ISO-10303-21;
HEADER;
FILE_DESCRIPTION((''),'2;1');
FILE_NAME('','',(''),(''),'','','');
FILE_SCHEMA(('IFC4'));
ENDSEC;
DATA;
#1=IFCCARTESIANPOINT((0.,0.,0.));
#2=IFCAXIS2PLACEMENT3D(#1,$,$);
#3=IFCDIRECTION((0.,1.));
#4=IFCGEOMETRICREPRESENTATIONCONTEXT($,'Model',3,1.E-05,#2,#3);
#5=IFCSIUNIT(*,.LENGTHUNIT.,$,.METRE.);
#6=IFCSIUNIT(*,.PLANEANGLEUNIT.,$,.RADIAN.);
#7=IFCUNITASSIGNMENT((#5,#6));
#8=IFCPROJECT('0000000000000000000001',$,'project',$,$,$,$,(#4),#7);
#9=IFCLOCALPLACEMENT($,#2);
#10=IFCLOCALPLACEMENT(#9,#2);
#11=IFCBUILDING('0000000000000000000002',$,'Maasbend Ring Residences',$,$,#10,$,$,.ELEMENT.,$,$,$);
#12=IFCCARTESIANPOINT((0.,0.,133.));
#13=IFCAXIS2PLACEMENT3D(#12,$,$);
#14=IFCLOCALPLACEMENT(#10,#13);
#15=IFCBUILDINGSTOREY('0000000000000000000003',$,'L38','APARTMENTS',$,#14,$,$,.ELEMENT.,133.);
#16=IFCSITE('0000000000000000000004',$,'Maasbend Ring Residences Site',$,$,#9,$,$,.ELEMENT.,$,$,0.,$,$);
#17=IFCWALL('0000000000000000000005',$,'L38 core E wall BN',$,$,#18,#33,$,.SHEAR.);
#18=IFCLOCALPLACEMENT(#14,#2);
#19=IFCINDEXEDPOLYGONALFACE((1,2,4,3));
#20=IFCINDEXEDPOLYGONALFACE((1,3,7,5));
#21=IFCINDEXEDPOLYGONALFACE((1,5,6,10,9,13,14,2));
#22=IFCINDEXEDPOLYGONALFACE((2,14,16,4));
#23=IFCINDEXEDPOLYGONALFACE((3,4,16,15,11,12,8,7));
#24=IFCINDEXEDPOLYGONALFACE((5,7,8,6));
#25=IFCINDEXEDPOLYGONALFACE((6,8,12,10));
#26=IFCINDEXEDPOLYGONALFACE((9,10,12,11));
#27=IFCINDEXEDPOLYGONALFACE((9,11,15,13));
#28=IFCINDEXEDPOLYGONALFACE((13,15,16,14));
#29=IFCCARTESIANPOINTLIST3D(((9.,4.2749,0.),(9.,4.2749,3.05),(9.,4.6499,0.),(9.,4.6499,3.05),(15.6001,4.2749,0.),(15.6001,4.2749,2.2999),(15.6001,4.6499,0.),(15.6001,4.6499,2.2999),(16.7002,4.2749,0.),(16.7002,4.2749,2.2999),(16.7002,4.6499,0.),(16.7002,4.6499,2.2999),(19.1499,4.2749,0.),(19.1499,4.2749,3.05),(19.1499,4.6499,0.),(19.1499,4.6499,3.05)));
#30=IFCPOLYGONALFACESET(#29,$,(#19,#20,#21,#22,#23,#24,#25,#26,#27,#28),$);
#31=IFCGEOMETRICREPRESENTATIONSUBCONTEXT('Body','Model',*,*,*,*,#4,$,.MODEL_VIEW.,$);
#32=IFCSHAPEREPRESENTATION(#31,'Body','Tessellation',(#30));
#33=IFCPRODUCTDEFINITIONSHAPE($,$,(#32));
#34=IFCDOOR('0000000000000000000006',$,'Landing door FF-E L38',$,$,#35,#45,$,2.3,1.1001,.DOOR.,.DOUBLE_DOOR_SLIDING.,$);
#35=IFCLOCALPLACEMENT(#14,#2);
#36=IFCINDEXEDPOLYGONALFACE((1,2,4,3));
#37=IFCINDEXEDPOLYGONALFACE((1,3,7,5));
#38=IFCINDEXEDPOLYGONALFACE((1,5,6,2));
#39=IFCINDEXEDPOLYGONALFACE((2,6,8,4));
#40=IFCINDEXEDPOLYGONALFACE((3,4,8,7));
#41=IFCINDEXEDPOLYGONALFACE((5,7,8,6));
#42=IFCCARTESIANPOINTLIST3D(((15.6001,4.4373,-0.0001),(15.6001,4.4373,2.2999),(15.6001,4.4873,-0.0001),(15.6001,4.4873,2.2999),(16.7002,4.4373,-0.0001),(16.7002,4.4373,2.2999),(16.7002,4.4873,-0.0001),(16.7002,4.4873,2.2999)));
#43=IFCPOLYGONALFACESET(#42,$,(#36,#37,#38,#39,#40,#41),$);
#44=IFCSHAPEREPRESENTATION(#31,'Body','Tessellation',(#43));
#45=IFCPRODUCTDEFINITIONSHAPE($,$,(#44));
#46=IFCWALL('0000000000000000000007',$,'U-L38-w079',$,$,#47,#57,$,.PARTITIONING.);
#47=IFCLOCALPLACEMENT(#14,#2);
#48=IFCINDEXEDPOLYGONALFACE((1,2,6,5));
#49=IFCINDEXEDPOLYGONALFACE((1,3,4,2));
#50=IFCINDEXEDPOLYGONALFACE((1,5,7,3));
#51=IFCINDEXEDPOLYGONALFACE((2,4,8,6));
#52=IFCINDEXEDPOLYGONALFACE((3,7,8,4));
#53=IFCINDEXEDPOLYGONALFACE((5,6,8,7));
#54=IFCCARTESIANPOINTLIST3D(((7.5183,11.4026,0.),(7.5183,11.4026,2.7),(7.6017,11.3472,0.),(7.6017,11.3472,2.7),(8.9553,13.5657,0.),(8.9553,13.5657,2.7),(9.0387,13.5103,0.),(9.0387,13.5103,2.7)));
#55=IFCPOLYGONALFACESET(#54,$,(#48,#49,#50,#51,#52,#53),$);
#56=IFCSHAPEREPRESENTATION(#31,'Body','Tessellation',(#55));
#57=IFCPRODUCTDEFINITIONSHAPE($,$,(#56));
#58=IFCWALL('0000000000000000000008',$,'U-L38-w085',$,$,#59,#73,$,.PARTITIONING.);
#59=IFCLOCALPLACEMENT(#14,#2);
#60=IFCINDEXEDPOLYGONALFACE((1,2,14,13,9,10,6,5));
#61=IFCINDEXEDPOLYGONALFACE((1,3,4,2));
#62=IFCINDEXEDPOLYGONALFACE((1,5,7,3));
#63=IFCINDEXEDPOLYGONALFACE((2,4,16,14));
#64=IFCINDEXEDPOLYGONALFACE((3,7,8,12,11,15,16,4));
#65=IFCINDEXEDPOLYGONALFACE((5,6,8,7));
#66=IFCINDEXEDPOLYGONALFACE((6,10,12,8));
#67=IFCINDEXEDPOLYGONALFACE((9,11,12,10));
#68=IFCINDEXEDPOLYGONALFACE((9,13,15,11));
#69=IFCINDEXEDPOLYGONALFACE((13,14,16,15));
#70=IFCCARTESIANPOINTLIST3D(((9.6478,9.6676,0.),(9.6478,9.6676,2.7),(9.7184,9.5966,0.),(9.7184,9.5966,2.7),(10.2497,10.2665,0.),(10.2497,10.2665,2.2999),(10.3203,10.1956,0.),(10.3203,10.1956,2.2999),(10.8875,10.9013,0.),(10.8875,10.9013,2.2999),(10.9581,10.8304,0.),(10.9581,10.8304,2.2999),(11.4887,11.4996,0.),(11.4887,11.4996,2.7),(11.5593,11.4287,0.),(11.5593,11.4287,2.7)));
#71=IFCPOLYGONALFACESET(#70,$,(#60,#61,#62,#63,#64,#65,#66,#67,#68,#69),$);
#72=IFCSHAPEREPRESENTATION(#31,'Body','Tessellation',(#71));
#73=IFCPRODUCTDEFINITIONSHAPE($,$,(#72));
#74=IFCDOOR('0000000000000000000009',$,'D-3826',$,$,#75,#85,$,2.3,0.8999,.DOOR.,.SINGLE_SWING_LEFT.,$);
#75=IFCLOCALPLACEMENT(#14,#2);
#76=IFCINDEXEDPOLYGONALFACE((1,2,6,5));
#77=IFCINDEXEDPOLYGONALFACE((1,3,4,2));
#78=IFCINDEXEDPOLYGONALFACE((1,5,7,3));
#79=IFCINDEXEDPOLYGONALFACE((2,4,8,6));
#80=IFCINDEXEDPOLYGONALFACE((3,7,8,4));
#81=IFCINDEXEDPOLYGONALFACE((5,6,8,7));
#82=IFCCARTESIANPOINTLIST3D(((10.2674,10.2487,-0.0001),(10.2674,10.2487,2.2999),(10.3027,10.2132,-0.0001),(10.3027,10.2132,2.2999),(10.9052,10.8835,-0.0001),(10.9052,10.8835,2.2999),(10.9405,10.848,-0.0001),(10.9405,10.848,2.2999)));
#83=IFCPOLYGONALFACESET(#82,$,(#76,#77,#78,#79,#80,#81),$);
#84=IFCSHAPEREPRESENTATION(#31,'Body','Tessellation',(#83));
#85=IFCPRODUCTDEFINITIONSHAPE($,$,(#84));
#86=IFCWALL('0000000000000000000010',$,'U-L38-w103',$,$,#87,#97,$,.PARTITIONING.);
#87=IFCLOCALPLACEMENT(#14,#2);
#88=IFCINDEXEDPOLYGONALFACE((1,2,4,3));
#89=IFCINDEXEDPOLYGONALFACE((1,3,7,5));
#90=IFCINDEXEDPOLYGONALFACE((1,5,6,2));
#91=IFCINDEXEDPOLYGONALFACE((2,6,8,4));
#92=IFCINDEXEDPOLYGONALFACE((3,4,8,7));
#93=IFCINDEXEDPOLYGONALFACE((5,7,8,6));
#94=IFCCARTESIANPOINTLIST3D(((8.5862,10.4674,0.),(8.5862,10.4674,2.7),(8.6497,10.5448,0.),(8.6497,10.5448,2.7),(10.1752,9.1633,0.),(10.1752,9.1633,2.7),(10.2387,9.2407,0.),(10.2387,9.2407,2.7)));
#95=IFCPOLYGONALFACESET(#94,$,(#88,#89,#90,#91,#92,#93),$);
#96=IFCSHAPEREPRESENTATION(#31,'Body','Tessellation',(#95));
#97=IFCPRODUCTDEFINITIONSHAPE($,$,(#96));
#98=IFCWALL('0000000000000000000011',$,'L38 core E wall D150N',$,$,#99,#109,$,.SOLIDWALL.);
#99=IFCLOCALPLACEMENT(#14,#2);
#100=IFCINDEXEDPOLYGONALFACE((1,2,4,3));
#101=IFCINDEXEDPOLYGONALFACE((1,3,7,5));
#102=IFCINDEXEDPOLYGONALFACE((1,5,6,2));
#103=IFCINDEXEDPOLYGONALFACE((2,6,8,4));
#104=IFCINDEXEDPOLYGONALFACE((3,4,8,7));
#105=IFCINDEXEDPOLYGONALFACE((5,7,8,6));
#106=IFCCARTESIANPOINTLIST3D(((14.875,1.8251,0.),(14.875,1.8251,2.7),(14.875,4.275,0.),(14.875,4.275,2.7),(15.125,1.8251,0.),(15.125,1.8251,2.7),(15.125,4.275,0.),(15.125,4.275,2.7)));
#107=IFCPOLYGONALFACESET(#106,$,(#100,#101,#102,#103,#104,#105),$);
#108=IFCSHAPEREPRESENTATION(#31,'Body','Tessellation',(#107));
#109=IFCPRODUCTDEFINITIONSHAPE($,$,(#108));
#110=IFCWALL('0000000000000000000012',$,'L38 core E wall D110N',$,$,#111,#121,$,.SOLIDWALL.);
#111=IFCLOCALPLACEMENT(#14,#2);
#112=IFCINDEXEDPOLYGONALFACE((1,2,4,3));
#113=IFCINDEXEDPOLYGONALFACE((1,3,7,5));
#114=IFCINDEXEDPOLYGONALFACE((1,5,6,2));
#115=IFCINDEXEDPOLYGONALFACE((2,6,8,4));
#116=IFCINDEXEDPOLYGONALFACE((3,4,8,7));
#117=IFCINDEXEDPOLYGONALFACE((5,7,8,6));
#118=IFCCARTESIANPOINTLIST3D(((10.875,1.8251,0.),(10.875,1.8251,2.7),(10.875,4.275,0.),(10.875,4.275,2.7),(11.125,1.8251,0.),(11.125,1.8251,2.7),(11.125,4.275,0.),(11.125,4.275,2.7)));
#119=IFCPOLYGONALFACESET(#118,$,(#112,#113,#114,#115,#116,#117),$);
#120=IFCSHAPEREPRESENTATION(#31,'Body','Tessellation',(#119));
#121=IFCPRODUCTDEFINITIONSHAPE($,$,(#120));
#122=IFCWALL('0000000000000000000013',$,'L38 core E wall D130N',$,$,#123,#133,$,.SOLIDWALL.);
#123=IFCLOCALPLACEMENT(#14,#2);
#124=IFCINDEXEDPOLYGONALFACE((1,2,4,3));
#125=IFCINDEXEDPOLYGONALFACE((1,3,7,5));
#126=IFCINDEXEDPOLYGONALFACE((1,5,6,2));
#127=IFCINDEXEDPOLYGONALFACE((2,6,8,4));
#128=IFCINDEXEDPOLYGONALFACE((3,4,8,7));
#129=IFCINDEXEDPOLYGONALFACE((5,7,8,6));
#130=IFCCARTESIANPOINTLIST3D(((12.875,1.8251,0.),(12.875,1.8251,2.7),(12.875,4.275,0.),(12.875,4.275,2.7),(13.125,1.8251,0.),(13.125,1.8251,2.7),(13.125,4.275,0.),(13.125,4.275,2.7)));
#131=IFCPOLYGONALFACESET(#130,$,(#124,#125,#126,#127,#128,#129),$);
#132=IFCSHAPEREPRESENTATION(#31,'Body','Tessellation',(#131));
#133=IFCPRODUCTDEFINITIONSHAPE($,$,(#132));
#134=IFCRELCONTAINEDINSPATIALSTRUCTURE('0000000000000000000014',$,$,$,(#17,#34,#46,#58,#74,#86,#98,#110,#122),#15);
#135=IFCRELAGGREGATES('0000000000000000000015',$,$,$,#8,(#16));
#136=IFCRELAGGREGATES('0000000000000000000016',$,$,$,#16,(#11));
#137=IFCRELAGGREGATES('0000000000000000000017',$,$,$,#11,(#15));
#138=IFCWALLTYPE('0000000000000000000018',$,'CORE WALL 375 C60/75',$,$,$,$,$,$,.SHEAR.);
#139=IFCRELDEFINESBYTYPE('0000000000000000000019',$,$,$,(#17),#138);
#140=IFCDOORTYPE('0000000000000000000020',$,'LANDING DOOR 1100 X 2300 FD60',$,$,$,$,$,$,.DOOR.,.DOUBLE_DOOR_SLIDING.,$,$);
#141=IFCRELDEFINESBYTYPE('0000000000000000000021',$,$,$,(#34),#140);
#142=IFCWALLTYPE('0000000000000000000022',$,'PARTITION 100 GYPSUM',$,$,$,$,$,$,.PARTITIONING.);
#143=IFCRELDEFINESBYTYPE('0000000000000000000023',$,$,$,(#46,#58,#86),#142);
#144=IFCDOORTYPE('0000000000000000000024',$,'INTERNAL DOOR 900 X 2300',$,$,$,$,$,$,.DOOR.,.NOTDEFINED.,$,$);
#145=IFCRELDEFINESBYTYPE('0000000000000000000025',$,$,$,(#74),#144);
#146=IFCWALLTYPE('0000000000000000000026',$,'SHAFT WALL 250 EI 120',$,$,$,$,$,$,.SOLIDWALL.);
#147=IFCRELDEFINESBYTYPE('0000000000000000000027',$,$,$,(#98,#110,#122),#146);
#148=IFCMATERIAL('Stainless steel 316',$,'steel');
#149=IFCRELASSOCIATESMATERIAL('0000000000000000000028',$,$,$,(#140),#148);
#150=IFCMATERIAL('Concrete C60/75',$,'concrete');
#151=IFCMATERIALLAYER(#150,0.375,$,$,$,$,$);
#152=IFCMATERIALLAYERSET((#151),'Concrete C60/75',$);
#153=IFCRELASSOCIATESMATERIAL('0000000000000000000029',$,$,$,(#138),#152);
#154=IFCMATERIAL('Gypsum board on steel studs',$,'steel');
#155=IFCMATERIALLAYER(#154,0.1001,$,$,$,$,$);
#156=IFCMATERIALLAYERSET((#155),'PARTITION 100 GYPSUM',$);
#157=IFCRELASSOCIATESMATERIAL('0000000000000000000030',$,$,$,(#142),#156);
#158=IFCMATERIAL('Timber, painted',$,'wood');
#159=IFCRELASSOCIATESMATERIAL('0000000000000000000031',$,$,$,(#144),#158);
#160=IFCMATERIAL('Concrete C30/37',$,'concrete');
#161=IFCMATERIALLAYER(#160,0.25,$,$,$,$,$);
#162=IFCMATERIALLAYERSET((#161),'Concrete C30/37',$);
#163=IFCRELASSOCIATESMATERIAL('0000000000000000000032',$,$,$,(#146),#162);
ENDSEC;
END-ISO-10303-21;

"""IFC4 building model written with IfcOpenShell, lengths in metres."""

from ifc_helpers import new_model, si_unit, direction, frame, frame_2d, origin, place, context, subcontext, project, spatial, rectangle, extrude, material, layer, layer_set, type_object, element, fill, save


model = new_model("IFC4")

# Units and contexts
model_context = context("Model", 3, precision=1e-05, world=origin(), true_north=direction((0.0, 1.0)))
body_context = subcontext(model_context, "Body", "Model", "MODEL_VIEW")
ifc_project = project(units=[si_unit("LENGTHUNIT", "METRE"), si_unit("PLANEANGLEUNIT", "RADIAN")], contexts=[model_context])

# Site, building, storey
site_placement = place(None, origin())
site = spatial("IfcSite", under=ifc_project, at=site_placement, Name="Maasbend Ring Residences Site", CompositionType="ELEMENT", RefElevation=0.0)
building_placement = place(site_placement, origin())
building = spatial("IfcBuilding", under=site, at=building_placement, Name="Maasbend Ring Residences", CompositionType="ELEMENT")
storey_placement = place(building_placement, frame((0.0, 0.0, 133.0)))
storey = spatial("IfcBuildingStorey", under=building, at=storey_placement, Name="L38", Description="APARTMENTS", CompositionType="ELEMENT", Elevation=133.0)

# Shared definitions
ifc_material_1 = material(Name="Stainless steel 316", Category="steel")
door_type_1 = type_object("IfcDoorType", Name="LANDING DOOR 1100 X 2300 FD60", OperationType="DOUBLE_DOOR_SLIDING", PredefinedType="DOOR", material=ifc_material_1)

# Wall, opening, door
ifc_material_2 = material(Name="Concrete C60/75", Category="concrete")
ifc_layer_1 = layer(ifc_material_2, 0.375)
ifc_layer_set_1 = layer_set([ifc_layer_1], Name="Concrete C60/75")
wall_type_1 = type_object("IfcWallType", Name="CORE WALL 375 C60/75", PredefinedType="SHEAR", material=ifc_layer_set_1)
wall_1_placement = place(storey_placement, frame((9.0, 4.4624, 0.0), z_axis=(0.0, 0.0, 1.0), x_axis=(1.0, 0.0, 0.0)))
wall_1 = element("IfcWall", 1, at=wall_1_placement, inside=storey, type_object=wall_type_1, Name="L38 core E wall BN", PredefinedType="SHEAR", context=body_context, shape_type="SweptSolid", body=[
    extrude(rectangle(XDim=10.1499, YDim=0.375, at=frame_2d((5.075, 0.0))), origin(), (0.0, 0.0, 1.0), 3.05),
])
opening_1_placement = place(wall_1_placement, frame((6.6001, 0.0, 0.0)))
opening_1 = element("IfcOpeningElement", 2, at=opening_1_placement, cuts=wall_1, PredefinedType="OPENING", context=body_context, shape_type="SweptSolid", body=[
    extrude(rectangle(XDim=1.1001, YDim=2.3, at=frame_2d((0.55, 1.1499))), frame((0.0, 0.1975, 0.0), z_axis=(0.0, -1.0, 0.0), x_axis=(1.0, 0.0, 0.0)), (0.0, 0.0, 1.0), 0.395),
])
door_1_placement = place(opening_1_placement, origin())
door_1 = element("IfcDoor", 3, at=door_1_placement, inside=storey, type_object=door_type_1, Name="Landing door FF-E L38", OperationType="DOUBLE_DOOR_SLIDING", OverallHeight=2.3, OverallWidth=1.1001, PredefinedType="DOOR", context=body_context, shape_type="SweptSolid", body=[
    extrude(rectangle(XDim=1.1001, YDim=2.3, at=frame_2d((0.55, 1.1499))), frame((0.0, 0.0249, 0.0), z_axis=(0.0, -1.0, 0.0), x_axis=(1.0, 0.0, 0.0)), (0.0, 0.0, 1.0), 0.05),
])
fill(opening_1, door_1)

# Wall
ifc_material_3 = material(Name="Gypsum board on steel studs", Category="steel")
ifc_layer_2 = layer(ifc_material_3, 0.1001)
ifc_layer_set_2 = layer_set([ifc_layer_2], Name="PARTITION 100 GYPSUM")
wall_type_2 = type_object("IfcWallType", Name="PARTITION 100 GYPSUM", PredefinedType="PARTITIONING", material=ifc_layer_set_2)
wall_2_placement = place(storey_placement, frame((7.5601, 11.375, 0.0), z_axis=(0.0, 0.0, 1.0), x_axis=(0.553354, 0.832946, 0.0)))
element("IfcWall", 4, at=wall_2_placement, inside=storey, type_object=wall_type_2, Name="U-L38-w079", PredefinedType="PARTITIONING", context=body_context, shape_type="SweptSolid", body=[
    extrude(rectangle(XDim=2.5969, YDim=0.1001, at=frame_2d((1.2983, 0.0))), origin(), (0.0, 0.0, 1.0), 2.7),
])

# Wall, opening, door
wall_3_placement = place(storey_placement, frame((9.6831, 9.6321, 0.0), z_axis=(0.0, 0.0, 1.0), x_axis=(0.708797, 0.705413, 0.0)))
wall_3 = element("IfcWall", 5, at=wall_3_placement, inside=storey, type_object=wall_type_2, Name="U-L38-w085", PredefinedType="PARTITIONING", context=body_context, shape_type="SweptSolid", body=[
    extrude(rectangle(XDim=2.5972, YDim=0.1001, at=frame_2d((1.2986, 0.0))), origin(), (0.0, 0.0, 1.0), 2.7),
])
opening_2_placement = place(wall_3_placement, frame((0.8491, 0.0, 0.0)))
opening_2 = element("IfcOpeningElement", 6, at=opening_2_placement, cuts=wall_3, PredefinedType="OPENING", context=body_context, shape_type="SweptSolid", body=[
    extrude(rectangle(XDim=0.8999, YDim=2.3, at=frame_2d((0.45, 1.1499))), frame((0.0, 0.0601, 0.0), z_axis=(0.0, -1.0, 0.0), x_axis=(1.0, 0.0, 0.0)), (0.0, 0.0, 1.0), 0.1201),
])
ifc_material_4 = material(Name="Timber, painted", Category="wood")
door_type_2 = type_object("IfcDoorType", Name="INTERNAL DOOR 900 X 2300", OperationType="NOTDEFINED", PredefinedType="DOOR", material=ifc_material_4)
door_2_placement = place(opening_2_placement, origin())
door_2 = element("IfcDoor", 7, at=door_2_placement, inside=storey, type_object=door_type_2, Name="D-3826", OperationType="SINGLE_SWING_LEFT", OverallHeight=2.3, OverallWidth=0.8999, PredefinedType="DOOR", context=body_context, shape_type="SweptSolid", body=[
    extrude(rectangle(XDim=0.8999, YDim=2.3, at=frame_2d((0.45, 1.1499))), frame((0.0, 0.0249, 0.0), z_axis=(0.0, -1.0, 0.0), x_axis=(1.0, 0.0, 0.0)), (0.0, 0.0, 1.0), 0.05),
])
fill(opening_2, door_2)

# Walls
wall_4_placement = place(storey_placement, frame((8.6179, 10.5061, 0.0), z_axis=(0.0, 0.0, 1.0), x_axis=(0.772999, -0.634408, 0.0)))
element("IfcWall", 8, at=wall_4_placement, inside=storey, type_object=wall_type_2, Name="U-L38-w103", PredefinedType="PARTITIONING", context=body_context, shape_type="SweptSolid", body=[
    extrude(rectangle(XDim=2.0557, YDim=0.1001, at=frame_2d((1.0278, 0.0))), origin(), (0.0, 0.0, 1.0), 2.7),
])
ifc_material_5 = material(Name="Concrete C30/37", Category="concrete")
ifc_layer_3 = layer(ifc_material_5, 0.25)
ifc_layer_set_3 = layer_set([ifc_layer_3], Name="Concrete C30/37")
wall_type_3 = type_object("IfcWallType", Name="SHAFT WALL 250 EI 120", PredefinedType="SOLIDWALL", material=ifc_layer_set_3)
for number, where, z_axis, x_axis, name in (
    (9, (15.0, 1.825, 0.0), (0.0, 0.0, 1.0), (0.0, 1.0, 0.0), "L38 core E wall D150N"),
    (10, (11.0, 1.825, 0.0), (0.0, 0.0, 1.0), (0.0, 1.0, 0.0), "L38 core E wall D110N"),
    (11, (13.0, 1.825, 0.0), (0.0, 0.0, 1.0), (0.0, 1.0, 0.0), "L38 core E wall D130N"),
):
    element("IfcWall", number, at=place(storey_placement, frame(where, z_axis=z_axis, x_axis=x_axis)), inside=storey, type_object=wall_type_3, Name=name, PredefinedType="SOLIDWALL", context=body_context, shape_type="SweptSolid", body=[
        extrude(rectangle(XDim=2.45, YDim=0.25, at=frame_2d((1.2251, 0.0))), origin(), (0.0, 0.0, 1.0), 2.7),
    ])

save(model, "model.ifc")
